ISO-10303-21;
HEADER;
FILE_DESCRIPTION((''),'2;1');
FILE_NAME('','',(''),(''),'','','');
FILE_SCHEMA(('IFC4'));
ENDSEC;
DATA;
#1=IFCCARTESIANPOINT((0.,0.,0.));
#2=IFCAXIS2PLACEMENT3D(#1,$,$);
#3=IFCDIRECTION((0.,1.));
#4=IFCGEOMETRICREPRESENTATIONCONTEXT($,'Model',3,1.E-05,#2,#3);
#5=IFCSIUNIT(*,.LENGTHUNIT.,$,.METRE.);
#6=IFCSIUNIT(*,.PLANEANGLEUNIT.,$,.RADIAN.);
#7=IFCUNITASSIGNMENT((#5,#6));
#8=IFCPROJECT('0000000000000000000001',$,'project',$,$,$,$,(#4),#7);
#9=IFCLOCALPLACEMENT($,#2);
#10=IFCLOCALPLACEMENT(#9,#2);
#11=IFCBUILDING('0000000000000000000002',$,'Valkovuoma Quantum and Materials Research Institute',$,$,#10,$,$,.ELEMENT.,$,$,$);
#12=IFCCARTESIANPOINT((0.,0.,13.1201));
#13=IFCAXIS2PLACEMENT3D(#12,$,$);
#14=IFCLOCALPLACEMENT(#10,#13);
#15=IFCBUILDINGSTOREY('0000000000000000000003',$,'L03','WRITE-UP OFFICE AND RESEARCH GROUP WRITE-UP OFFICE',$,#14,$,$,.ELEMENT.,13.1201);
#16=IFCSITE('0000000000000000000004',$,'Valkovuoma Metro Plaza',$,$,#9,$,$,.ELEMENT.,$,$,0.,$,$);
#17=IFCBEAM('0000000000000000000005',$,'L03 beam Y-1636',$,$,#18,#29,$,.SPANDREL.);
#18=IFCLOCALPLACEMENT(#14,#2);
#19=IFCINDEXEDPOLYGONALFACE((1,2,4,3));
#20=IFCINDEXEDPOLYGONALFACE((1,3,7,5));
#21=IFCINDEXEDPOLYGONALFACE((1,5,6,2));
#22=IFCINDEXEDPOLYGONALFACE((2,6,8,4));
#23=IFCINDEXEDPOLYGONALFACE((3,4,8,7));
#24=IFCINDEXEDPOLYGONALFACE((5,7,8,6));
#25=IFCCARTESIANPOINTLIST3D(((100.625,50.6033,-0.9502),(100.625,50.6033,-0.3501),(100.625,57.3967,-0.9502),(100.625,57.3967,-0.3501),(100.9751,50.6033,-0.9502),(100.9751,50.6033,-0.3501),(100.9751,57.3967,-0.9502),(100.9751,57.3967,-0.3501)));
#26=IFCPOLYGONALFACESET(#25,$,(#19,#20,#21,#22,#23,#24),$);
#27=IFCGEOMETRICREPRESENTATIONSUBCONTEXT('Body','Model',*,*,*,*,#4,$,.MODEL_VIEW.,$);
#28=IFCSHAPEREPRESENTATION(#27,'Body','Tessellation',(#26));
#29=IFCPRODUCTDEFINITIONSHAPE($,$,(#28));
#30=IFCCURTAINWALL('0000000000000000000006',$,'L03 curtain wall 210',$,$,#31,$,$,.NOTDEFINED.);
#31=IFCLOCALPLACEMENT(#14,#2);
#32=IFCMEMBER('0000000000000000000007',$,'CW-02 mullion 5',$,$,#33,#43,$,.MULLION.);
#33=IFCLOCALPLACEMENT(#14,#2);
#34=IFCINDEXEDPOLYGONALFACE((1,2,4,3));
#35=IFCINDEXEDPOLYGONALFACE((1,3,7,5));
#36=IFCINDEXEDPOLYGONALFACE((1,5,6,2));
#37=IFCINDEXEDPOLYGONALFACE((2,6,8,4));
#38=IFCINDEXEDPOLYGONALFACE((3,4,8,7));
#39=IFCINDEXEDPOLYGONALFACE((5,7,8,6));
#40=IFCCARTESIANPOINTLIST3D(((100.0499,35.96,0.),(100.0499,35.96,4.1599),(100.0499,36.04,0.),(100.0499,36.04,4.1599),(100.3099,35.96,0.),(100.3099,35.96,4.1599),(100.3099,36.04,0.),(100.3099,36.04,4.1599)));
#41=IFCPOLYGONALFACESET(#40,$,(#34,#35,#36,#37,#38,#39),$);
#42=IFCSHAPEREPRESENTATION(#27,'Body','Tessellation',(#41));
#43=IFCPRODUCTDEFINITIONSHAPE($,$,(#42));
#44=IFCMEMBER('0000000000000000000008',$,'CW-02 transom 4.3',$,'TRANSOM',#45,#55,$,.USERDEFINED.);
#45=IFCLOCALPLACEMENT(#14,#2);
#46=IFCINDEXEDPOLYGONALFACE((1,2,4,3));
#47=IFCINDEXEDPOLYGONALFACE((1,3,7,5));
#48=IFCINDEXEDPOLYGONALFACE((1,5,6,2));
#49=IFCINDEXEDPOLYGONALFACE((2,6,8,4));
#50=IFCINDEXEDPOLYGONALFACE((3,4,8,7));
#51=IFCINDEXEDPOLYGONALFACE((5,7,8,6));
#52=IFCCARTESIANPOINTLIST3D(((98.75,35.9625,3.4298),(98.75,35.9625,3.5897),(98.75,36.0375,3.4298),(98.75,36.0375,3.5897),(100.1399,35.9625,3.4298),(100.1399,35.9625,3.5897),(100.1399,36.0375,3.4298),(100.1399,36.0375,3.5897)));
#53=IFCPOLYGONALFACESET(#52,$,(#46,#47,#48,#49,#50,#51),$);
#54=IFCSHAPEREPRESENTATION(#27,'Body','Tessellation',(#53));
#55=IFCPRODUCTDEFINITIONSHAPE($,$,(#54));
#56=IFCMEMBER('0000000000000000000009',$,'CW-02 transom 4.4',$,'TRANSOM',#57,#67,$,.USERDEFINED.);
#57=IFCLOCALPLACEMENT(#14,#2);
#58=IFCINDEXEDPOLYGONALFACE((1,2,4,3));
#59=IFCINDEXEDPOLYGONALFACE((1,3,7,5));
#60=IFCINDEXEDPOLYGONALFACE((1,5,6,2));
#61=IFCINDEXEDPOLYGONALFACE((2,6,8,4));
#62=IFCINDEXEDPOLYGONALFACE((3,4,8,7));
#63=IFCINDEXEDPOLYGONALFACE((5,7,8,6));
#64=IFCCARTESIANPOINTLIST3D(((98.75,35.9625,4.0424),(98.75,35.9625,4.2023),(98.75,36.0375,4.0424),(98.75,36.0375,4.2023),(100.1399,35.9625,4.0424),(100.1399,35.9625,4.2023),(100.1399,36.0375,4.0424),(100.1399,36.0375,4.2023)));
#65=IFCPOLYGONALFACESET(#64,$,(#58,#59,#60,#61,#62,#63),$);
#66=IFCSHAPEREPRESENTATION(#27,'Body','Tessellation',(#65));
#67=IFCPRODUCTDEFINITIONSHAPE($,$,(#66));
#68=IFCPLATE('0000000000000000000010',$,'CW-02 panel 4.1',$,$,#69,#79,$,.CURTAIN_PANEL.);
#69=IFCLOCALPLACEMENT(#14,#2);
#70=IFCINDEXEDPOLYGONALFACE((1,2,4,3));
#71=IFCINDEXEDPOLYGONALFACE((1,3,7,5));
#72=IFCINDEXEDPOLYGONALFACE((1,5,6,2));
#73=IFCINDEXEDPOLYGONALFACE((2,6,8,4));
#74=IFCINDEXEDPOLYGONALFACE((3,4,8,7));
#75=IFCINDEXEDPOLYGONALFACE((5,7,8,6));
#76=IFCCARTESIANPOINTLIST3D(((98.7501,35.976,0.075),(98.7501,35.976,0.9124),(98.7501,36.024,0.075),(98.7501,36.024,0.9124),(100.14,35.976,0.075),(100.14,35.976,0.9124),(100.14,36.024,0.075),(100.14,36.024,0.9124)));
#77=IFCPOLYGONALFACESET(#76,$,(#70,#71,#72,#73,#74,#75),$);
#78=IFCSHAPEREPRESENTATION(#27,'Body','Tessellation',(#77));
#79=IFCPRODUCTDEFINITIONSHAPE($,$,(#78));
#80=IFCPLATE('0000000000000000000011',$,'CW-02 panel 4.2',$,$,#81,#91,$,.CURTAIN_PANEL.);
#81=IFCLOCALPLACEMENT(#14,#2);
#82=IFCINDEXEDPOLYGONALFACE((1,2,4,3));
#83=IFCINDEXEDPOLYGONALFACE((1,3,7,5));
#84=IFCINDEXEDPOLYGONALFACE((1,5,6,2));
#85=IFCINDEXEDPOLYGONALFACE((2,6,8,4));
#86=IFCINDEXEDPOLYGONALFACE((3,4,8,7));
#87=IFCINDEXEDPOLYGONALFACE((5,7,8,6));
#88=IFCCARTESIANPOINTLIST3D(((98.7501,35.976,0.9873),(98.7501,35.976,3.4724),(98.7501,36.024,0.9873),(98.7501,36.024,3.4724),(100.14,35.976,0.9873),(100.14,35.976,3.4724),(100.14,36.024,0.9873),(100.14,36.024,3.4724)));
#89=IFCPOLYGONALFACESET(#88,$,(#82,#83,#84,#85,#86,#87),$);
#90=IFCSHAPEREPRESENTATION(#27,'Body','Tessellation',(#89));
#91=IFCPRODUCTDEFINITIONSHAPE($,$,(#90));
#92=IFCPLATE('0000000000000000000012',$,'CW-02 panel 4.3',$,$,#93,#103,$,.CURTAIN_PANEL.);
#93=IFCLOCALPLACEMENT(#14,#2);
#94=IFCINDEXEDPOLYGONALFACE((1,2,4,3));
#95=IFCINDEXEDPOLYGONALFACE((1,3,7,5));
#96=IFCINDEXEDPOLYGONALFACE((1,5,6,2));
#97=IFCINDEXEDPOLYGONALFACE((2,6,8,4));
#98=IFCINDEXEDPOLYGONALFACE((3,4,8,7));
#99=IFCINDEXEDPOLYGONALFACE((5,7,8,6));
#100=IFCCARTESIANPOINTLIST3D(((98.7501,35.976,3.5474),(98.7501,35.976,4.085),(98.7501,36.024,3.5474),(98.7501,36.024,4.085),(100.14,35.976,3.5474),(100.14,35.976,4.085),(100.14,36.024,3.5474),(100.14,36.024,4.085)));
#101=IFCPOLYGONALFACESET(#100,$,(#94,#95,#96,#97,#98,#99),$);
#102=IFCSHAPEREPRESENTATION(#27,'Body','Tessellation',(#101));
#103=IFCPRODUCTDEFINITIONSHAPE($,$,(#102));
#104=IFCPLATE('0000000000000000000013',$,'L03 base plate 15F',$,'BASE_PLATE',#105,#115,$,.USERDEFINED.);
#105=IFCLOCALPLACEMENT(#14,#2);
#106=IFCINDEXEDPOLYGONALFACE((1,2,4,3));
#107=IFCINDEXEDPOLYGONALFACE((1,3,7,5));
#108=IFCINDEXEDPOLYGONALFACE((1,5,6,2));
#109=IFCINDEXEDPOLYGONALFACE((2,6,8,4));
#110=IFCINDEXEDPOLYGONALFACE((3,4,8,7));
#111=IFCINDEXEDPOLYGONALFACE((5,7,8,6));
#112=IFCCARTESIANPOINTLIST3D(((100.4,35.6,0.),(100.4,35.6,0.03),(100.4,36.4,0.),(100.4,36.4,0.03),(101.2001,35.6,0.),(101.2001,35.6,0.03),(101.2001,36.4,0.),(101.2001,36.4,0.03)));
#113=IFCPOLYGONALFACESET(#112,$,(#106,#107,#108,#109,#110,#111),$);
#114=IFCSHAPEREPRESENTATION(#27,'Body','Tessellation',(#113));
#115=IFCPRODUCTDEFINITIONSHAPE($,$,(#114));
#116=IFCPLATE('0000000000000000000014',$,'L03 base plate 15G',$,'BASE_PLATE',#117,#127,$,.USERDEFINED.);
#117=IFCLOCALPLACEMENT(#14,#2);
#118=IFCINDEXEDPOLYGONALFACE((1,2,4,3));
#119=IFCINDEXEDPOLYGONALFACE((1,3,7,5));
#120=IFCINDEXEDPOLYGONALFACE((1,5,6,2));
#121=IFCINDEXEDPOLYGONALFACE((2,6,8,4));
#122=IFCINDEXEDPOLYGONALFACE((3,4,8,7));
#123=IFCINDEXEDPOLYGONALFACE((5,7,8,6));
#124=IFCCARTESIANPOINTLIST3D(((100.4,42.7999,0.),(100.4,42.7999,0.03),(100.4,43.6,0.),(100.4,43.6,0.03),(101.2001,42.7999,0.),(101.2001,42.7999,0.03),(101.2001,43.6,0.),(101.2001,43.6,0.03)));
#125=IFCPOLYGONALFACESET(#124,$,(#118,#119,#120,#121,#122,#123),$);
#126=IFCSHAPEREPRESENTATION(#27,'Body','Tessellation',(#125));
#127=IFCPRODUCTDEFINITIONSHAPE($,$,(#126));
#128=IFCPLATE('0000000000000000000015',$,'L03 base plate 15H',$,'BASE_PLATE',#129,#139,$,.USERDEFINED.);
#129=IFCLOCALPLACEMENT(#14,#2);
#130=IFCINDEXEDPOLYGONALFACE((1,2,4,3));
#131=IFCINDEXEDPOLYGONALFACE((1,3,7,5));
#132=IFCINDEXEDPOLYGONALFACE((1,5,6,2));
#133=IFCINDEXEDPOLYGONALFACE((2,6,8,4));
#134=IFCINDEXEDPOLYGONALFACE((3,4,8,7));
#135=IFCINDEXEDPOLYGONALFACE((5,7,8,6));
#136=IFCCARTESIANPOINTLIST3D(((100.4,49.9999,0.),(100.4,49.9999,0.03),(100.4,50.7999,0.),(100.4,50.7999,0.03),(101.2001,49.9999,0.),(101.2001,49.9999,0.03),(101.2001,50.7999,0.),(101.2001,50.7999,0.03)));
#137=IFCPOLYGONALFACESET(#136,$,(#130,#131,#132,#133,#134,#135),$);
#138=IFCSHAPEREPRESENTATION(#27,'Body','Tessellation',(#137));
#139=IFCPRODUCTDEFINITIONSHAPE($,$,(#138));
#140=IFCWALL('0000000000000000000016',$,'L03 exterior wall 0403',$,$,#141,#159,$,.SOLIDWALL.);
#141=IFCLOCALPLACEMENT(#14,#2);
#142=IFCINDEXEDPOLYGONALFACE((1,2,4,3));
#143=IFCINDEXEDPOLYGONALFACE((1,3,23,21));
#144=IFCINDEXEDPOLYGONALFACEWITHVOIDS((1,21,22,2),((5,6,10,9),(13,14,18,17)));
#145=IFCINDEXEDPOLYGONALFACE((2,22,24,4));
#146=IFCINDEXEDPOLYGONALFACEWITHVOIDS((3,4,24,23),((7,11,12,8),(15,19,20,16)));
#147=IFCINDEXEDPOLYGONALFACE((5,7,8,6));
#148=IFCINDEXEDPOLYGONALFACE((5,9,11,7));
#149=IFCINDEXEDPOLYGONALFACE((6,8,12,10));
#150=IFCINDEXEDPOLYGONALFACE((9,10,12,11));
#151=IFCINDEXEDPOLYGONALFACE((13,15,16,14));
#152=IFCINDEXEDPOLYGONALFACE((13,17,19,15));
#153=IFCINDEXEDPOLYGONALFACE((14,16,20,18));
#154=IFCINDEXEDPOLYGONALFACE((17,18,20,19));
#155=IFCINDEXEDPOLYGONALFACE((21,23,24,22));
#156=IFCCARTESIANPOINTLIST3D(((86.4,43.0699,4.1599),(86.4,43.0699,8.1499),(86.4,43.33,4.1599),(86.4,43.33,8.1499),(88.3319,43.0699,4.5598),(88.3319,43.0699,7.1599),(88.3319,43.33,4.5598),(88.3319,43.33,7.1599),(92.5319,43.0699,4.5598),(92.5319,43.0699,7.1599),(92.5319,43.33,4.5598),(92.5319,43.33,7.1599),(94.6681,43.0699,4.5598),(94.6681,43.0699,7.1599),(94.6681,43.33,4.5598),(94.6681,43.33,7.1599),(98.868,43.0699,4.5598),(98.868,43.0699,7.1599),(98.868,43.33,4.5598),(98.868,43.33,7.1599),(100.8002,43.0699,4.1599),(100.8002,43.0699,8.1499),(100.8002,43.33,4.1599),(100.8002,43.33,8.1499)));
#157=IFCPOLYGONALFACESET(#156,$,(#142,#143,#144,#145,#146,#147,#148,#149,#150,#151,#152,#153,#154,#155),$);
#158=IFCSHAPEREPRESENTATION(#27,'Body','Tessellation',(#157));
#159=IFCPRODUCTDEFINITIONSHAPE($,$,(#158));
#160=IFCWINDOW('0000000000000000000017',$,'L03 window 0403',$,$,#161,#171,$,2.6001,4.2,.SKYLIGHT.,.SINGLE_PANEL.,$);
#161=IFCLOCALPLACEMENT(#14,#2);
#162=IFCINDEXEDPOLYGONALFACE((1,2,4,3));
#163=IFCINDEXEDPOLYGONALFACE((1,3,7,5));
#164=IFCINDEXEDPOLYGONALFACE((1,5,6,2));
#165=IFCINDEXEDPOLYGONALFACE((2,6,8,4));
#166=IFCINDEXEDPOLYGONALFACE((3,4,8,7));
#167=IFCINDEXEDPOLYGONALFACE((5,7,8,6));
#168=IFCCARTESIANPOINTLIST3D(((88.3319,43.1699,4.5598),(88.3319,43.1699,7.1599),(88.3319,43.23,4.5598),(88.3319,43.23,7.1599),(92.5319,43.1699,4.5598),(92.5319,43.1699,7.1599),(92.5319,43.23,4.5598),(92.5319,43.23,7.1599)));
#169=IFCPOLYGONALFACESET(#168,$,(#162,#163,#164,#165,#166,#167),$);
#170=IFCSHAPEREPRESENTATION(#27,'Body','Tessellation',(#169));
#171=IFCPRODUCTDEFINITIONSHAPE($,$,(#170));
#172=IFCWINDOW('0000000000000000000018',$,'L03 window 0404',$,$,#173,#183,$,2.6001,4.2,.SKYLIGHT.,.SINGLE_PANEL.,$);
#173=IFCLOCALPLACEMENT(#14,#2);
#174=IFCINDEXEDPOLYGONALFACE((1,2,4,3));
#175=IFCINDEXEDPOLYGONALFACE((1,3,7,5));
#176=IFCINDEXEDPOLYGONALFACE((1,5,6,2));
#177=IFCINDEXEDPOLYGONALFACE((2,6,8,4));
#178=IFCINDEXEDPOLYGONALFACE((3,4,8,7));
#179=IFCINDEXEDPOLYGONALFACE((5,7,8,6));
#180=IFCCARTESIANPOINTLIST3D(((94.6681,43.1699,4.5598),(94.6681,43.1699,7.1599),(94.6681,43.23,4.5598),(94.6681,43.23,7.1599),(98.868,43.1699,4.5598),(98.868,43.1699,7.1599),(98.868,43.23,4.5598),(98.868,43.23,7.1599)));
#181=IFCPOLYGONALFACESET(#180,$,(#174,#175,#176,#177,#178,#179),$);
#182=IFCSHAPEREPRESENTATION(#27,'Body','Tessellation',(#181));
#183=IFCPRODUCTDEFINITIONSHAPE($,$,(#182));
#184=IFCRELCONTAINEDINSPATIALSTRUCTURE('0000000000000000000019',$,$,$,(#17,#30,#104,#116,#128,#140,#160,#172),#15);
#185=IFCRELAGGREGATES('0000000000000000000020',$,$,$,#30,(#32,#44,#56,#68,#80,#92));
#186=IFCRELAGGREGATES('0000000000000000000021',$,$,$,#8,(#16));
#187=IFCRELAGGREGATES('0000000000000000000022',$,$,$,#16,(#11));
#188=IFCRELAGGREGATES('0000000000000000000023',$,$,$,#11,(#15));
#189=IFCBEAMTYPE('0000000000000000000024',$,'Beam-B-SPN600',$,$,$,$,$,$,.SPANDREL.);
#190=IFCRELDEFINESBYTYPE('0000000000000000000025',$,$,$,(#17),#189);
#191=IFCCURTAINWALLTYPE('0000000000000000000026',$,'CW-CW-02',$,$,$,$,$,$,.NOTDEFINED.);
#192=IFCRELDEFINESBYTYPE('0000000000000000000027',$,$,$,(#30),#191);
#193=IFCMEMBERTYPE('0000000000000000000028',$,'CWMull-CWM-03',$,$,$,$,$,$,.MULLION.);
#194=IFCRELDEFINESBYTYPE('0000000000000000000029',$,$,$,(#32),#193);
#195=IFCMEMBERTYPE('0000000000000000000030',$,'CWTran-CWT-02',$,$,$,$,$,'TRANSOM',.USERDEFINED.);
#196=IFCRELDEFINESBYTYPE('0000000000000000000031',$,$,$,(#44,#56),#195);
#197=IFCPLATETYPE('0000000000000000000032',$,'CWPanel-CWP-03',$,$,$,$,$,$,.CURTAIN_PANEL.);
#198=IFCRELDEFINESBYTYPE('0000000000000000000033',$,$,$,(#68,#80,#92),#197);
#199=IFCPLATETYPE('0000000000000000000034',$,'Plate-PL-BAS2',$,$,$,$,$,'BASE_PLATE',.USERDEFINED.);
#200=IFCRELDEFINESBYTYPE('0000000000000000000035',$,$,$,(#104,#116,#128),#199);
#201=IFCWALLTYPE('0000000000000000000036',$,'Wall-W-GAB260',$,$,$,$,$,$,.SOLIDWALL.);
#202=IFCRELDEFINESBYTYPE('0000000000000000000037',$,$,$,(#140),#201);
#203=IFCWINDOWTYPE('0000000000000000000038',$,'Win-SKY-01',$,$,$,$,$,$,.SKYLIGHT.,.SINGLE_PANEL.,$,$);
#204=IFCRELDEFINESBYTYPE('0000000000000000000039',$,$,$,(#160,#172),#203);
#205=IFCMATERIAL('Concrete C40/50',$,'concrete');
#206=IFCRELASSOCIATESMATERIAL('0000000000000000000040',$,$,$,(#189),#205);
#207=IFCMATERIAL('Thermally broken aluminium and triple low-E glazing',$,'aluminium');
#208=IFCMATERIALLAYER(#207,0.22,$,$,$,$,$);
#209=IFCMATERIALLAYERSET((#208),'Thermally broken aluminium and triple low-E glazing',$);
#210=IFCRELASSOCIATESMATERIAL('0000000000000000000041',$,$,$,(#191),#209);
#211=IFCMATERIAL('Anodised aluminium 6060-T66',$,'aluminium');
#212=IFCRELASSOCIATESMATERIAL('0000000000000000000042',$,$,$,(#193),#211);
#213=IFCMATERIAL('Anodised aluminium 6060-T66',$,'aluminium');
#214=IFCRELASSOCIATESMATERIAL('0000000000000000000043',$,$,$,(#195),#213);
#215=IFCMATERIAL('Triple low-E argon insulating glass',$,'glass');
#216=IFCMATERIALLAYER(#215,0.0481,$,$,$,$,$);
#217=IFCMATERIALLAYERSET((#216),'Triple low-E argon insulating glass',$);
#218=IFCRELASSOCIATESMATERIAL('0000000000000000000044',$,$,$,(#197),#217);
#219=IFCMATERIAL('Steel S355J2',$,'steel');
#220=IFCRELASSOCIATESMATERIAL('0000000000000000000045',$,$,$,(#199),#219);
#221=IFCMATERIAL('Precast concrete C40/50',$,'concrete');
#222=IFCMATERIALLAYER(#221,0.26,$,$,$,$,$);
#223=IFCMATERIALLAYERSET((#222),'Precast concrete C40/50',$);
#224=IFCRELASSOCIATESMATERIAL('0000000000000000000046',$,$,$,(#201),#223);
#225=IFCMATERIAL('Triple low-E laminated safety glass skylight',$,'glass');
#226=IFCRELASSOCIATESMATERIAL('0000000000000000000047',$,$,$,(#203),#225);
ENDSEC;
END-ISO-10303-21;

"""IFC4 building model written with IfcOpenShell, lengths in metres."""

from ifc_helpers import new_model, si_unit, direction, frame, frame_2d, origin, origin_2d, place, context, subcontext, project, spatial, rectangle, extrude, material, layer, layer_set, material_profile, profile_set, type_object, element, fill, aggregate, save


model = new_model("IFC4")

# Units and contexts
model_context = context("Model", 3, precision=1e-05, world=origin(), true_north=direction((0.0, 1.0)))
body_context = subcontext(model_context, "Body", "Model", "MODEL_VIEW")
ifc_project = project(units=[si_unit("LENGTHUNIT", "METRE"), si_unit("PLANEANGLEUNIT", "RADIAN")], contexts=[model_context])

# Site, building, storey
site_placement = place(None, origin())
site = spatial("IfcSite", under=ifc_project, at=site_placement, Name="Valkovuoma Metro Plaza", CompositionType="ELEMENT", RefElevation=0.0)
building_placement = place(site_placement, origin())
building = spatial("IfcBuilding", under=site, at=building_placement, Name="Valkovuoma Quantum and Materials Research Institute", CompositionType="ELEMENT")
storey_placement = place(building_placement, frame((0.0, 0.0, 13.1201)))
storey = spatial("IfcBuildingStorey", under=building, at=storey_placement, Name="L03", Description="WRITE-UP OFFICE AND RESEARCH GROUP WRITE-UP OFFICE", CompositionType="ELEMENT", Elevation=13.1201)

# Beam
ifc_material_1 = material(Name="Concrete C40/50", Category="concrete")
ifc_material_profile_1 = material_profile(ifc_material_1, rectangle(XDim=0.3501, YDim=0.6001, at=origin_2d()), Name="Concrete C40/50")
ifc_profile_set_1 = profile_set([ifc_material_profile_1], Name="Concrete C40/50")
beam_type = type_object("IfcBeamType", Name="Beam-B-SPN600", PredefinedType="SPANDREL", material=ifc_profile_set_1)
for number, where, z_axis, x_axis, name in (
    (1, (100.8, 50.6033, -0.6501), (0.0, 1.0, 0.0), (-1.0, 0.0, 0.0), "L03 beam Y-1636"),
):
    element("IfcBeam", number, at=place(storey_placement, frame(where, z_axis=z_axis, x_axis=x_axis)), inside=storey, type_object=beam_type, Name=name, PredefinedType="SPANDREL", context=body_context, shape_type="SweptSolid", body=[
        extrude(rectangle(XDim=0.3501, YDim=0.6001, at=origin_2d()), origin(), (0.0, 0.0, 1.0), 6.7935),
    ])

# Curtain wall, members, plates
ifc_material_2 = material(Name="Thermally broken aluminium and triple low-E glazing", Category="aluminium")
ifc_layer_1 = layer(ifc_material_2, 0.22)
ifc_layer_set_1 = layer_set([ifc_layer_1], Name="Thermally broken aluminium and triple low-E glazing")
curtain_wall_type = type_object("IfcCurtainWallType", Name="CW-CW-02", PredefinedType="NOTDEFINED", material=ifc_layer_set_1)
curtain_wall_placement = place(storey_placement, origin())
curtain_wall = element("IfcCurtainWall", 2, at=curtain_wall_placement, inside=storey, type_object=curtain_wall_type, Name="L03 curtain wall 210", PredefinedType="NOTDEFINED")
ifc_material_3 = material(Name="Anodised aluminium 6060-T66", Category="aluminium")
ifc_material_profile_2 = material_profile(ifc_material_3, rectangle(XDim=0.0801, YDim=0.26, at=origin_2d()), Name="Anodised aluminium 6060-T66")
ifc_profile_set_2 = profile_set([ifc_material_profile_2], Name="Anodised aluminium 6060-T66")
member_type_1 = type_object("IfcMemberType", Name="CWMull-CWM-03", PredefinedType="MULLION", material=ifc_profile_set_2)
member_1_placement = place(storey_placement, frame((100.1799, 36.0, 0.0), z_axis=(0.0, 0.0, 1.0), x_axis=(0.0, 1.0, 0.0)))
member_1 = element("IfcMember", 3, at=member_1_placement, type_object=member_type_1, Name="CW-02 mullion 5", PredefinedType="MULLION", context=body_context, shape_type="SweptSolid", body=[
    extrude(rectangle(XDim=0.0801, YDim=0.26, at=origin_2d()), origin(), (0.0, 0.0, 1.0), 4.1599),
])
ifc_material_4 = material(Name="Anodised aluminium 6060-T66", Category="aluminium")
ifc_material_profile_3 = material_profile(ifc_material_4, rectangle(XDim=0.075, YDim=0.1599, at=origin_2d()), Name="Anodised aluminium 6060-T66")
ifc_profile_set_3 = profile_set([ifc_material_profile_3], Name="Anodised aluminium 6060-T66")
member_type_2 = type_object("IfcMemberType", Name="CWTran-CWT-02", ElementType="TRANSOM", PredefinedType="USERDEFINED", material=ifc_profile_set_3)
member_2_placement = place(storey_placement, frame((98.75, 36.0, 3.5098), z_axis=(1.0, 0.0, 0.0), x_axis=(0.0, 1.0, 0.0)))
member_2 = element("IfcMember", 4, at=member_2_placement, type_object=member_type_2, Name="CW-02 transom 4.3", ObjectType="TRANSOM", PredefinedType="USERDEFINED", context=body_context, shape_type="SweptSolid", body=[
    extrude(rectangle(XDim=0.075, YDim=0.1599, at=origin_2d()), origin(), (0.0, 0.0, 1.0), 1.3899),
])
member_3_placement = place(storey_placement, frame((98.75, 36.0, 4.1223), z_axis=(1.0, 0.0, 0.0), x_axis=(0.0, 1.0, 0.0)))
member_3 = element("IfcMember", 5, at=member_3_placement, type_object=member_type_2, Name="CW-02 transom 4.4", ObjectType="TRANSOM", PredefinedType="USERDEFINED", context=body_context, shape_type="SweptSolid", body=[
    extrude(rectangle(XDim=0.075, YDim=0.1599, at=origin_2d()), origin(), (0.0, 0.0, 1.0), 1.3899),
])
ifc_material_5 = material(Name="Triple low-E argon insulating glass", Category="glass")
ifc_layer_2 = layer(ifc_material_5, 0.0481)
ifc_layer_set_2 = layer_set([ifc_layer_2], Name="Triple low-E argon insulating glass")
plate_type_1 = type_object("IfcPlateType", Name="CWPanel-CWP-03", PredefinedType="CURTAIN_PANEL", material=ifc_layer_set_2)
plate_1_placement = place(storey_placement, frame((99.4451, 36.0, 0.075), z_axis=(0.0, 0.0, 1.0), x_axis=(1.0, 0.0, 0.0)))
plate_1 = element("IfcPlate", 6, at=plate_1_placement, type_object=plate_type_1, Name="CW-02 panel 4.1", PredefinedType="CURTAIN_PANEL", context=body_context, shape_type="SweptSolid", body=[
    extrude(rectangle(XDim=1.3899, YDim=0.0481, at=origin_2d()), origin(), (0.0, 0.0, 1.0), 0.8374),
])
plate_2_placement = place(storey_placement, frame((99.4451, 36.0, 0.9873), z_axis=(0.0, 0.0, 1.0), x_axis=(1.0, 0.0, 0.0)))
plate_2 = element("IfcPlate", 7, at=plate_2_placement, type_object=plate_type_1, Name="CW-02 panel 4.2", PredefinedType="CURTAIN_PANEL", context=body_context, shape_type="SweptSolid", body=[
    extrude(rectangle(XDim=1.3899, YDim=0.0481, at=origin_2d()), origin(), (0.0, 0.0, 1.0), 2.4851),
])
plate_3_placement = place(storey_placement, frame((99.4451, 36.0, 3.5474), z_axis=(0.0, 0.0, 1.0), x_axis=(1.0, 0.0, 0.0)))
plate_3 = element("IfcPlate", 8, at=plate_3_placement, type_object=plate_type_1, Name="CW-02 panel 4.3", PredefinedType="CURTAIN_PANEL", context=body_context, shape_type="SweptSolid", body=[
    extrude(rectangle(XDim=1.3899, YDim=0.0481, at=origin_2d()), origin(), (0.0, 0.0, 1.0), 0.5376),
])
aggregate(curtain_wall, [member_1, member_2, member_3, plate_1, plate_2, plate_3])

# Plates
ifc_material_6 = material(Name="Steel S355J2", Category="steel")
plate_type_2 = type_object("IfcPlateType", Name="Plate-PL-BAS2", ElementType="BASE_PLATE", PredefinedType="USERDEFINED", material=ifc_material_6)
for number, where, z_axis, x_axis, name in (
    (9, (100.8, 36.0, 0.0), (0.0, 0.0, 1.0), (1.0, 0.0, 0.0), "L03 base plate 15F"),
    (10, (100.8, 43.2, 0.0), (0.0, 0.0, 1.0), (1.0, 0.0, 0.0), "L03 base plate 15G"),
    (11, (100.8, 50.3999, 0.0), (0.0, 0.0, 1.0), (1.0, 0.0, 0.0), "L03 base plate 15H"),
):
    element("IfcPlate", number, at=place(storey_placement, frame(where, z_axis=z_axis, x_axis=x_axis)), inside=storey, type_object=plate_type_2, Name=name, ObjectType="BASE_PLATE", PredefinedType="USERDEFINED", context=body_context, shape_type="SweptSolid", body=[
        extrude(rectangle(XDim=0.8, YDim=0.8, at=origin_2d()), origin(), (0.0, 0.0, 1.0), 0.03),
    ])

# Wall, openings, windows
ifc_material_7 = material(Name="Precast concrete C40/50", Category="concrete")
ifc_layer_3 = layer(ifc_material_7, 0.26)
ifc_layer_set_3 = layer_set([ifc_layer_3], Name="Precast concrete C40/50")
wall_type = type_object("IfcWallType", Name="Wall-W-GAB260", PredefinedType="SOLIDWALL", material=ifc_layer_set_3)
wall_1_placement = place(storey_placement, frame((86.3999, 43.2, 4.1599), z_axis=(0.0, 0.0, 1.0), x_axis=(1.0, 0.0, 0.0)))
wall_1 = element("IfcWall", 12, at=wall_1_placement, inside=storey, type_object=wall_type, Name="L03 exterior wall 0403", PredefinedType="SOLIDWALL", context=body_context, shape_type="SweptSolid", body=[
    extrude(rectangle(XDim=14.4001, YDim=0.26, at=frame_2d((7.2002, 0.0))), origin(), (0.0, 0.0, 1.0), 3.99),
])
opening_1_placement = place(wall_1_placement, frame((1.9319, 0.0, 0.3999)))
opening_1 = element("IfcOpeningElement", 13, at=opening_1_placement, cuts=wall_1, PredefinedType="OPENING", context=body_context, shape_type="SweptSolid", body=[
    extrude(rectangle(XDim=4.2, YDim=2.6001, at=frame_2d((2.1001, 1.3))), frame((0.0, 0.1401, 0.0), z_axis=(0.0, -1.0, 0.0), x_axis=(1.0, 0.0, 0.0)), (0.0, 0.0, 1.0), 0.28),
])
opening_2_placement = place(wall_1_placement, frame((8.2681, 0.0, 0.3999)))
opening_2 = element("IfcOpeningElement", 14, at=opening_2_placement, cuts=wall_1, PredefinedType="OPENING", context=body_context, shape_type="SweptSolid", body=[
    extrude(rectangle(XDim=4.2, YDim=2.6001, at=frame_2d((2.1001, 1.3))), frame((0.0, 0.1401, 0.0), z_axis=(0.0, -1.0, 0.0), x_axis=(1.0, 0.0, 0.0)), (0.0, 0.0, 1.0), 0.28),
])
ifc_material_8 = material(Name="Triple low-E laminated safety glass skylight", Category="glass")
window_type_1 = type_object("IfcWindowType", Name="Win-SKY-01", PartitioningType="SINGLE_PANEL", PredefinedType="SKYLIGHT", material=ifc_material_8)
window_1_placement = place(opening_1_placement, origin())
window_1 = element("IfcWindow", 15, at=window_1_placement, inside=storey, type_object=window_type_1, Name="L03 window 0403", OverallHeight=2.6001, OverallWidth=4.2, PartitioningType="SINGLE_PANEL", PredefinedType="SKYLIGHT", context=body_context, shape_type="SweptSolid", body=[
    extrude(rectangle(XDim=4.2, YDim=2.6001, at=frame_2d((2.1001, 1.3))), frame((0.0, 0.03, 0.0), z_axis=(0.0, -1.0, 0.0), x_axis=(1.0, 0.0, 0.0)), (0.0, 0.0, 1.0), 0.0601),
])
fill(opening_1, window_1)
window_2_placement = place(opening_2_placement, origin())
window_2 = element("IfcWindow", 16, at=window_2_placement, inside=storey, type_object=window_type_1, Name="L03 window 0404", OverallHeight=2.6001, OverallWidth=4.2, PartitioningType="SINGLE_PANEL", PredefinedType="SKYLIGHT", context=body_context, shape_type="SweptSolid", body=[
    extrude(rectangle(XDim=4.2, YDim=2.6001, at=frame_2d((2.1001, 1.3))), frame((0.0, 0.03, 0.0), z_axis=(0.0, -1.0, 0.0), x_axis=(1.0, 0.0, 0.0)), (0.0, 0.0, 1.0), 0.0601),
])
fill(opening_2, window_2)

save(model, "model.ifc")
